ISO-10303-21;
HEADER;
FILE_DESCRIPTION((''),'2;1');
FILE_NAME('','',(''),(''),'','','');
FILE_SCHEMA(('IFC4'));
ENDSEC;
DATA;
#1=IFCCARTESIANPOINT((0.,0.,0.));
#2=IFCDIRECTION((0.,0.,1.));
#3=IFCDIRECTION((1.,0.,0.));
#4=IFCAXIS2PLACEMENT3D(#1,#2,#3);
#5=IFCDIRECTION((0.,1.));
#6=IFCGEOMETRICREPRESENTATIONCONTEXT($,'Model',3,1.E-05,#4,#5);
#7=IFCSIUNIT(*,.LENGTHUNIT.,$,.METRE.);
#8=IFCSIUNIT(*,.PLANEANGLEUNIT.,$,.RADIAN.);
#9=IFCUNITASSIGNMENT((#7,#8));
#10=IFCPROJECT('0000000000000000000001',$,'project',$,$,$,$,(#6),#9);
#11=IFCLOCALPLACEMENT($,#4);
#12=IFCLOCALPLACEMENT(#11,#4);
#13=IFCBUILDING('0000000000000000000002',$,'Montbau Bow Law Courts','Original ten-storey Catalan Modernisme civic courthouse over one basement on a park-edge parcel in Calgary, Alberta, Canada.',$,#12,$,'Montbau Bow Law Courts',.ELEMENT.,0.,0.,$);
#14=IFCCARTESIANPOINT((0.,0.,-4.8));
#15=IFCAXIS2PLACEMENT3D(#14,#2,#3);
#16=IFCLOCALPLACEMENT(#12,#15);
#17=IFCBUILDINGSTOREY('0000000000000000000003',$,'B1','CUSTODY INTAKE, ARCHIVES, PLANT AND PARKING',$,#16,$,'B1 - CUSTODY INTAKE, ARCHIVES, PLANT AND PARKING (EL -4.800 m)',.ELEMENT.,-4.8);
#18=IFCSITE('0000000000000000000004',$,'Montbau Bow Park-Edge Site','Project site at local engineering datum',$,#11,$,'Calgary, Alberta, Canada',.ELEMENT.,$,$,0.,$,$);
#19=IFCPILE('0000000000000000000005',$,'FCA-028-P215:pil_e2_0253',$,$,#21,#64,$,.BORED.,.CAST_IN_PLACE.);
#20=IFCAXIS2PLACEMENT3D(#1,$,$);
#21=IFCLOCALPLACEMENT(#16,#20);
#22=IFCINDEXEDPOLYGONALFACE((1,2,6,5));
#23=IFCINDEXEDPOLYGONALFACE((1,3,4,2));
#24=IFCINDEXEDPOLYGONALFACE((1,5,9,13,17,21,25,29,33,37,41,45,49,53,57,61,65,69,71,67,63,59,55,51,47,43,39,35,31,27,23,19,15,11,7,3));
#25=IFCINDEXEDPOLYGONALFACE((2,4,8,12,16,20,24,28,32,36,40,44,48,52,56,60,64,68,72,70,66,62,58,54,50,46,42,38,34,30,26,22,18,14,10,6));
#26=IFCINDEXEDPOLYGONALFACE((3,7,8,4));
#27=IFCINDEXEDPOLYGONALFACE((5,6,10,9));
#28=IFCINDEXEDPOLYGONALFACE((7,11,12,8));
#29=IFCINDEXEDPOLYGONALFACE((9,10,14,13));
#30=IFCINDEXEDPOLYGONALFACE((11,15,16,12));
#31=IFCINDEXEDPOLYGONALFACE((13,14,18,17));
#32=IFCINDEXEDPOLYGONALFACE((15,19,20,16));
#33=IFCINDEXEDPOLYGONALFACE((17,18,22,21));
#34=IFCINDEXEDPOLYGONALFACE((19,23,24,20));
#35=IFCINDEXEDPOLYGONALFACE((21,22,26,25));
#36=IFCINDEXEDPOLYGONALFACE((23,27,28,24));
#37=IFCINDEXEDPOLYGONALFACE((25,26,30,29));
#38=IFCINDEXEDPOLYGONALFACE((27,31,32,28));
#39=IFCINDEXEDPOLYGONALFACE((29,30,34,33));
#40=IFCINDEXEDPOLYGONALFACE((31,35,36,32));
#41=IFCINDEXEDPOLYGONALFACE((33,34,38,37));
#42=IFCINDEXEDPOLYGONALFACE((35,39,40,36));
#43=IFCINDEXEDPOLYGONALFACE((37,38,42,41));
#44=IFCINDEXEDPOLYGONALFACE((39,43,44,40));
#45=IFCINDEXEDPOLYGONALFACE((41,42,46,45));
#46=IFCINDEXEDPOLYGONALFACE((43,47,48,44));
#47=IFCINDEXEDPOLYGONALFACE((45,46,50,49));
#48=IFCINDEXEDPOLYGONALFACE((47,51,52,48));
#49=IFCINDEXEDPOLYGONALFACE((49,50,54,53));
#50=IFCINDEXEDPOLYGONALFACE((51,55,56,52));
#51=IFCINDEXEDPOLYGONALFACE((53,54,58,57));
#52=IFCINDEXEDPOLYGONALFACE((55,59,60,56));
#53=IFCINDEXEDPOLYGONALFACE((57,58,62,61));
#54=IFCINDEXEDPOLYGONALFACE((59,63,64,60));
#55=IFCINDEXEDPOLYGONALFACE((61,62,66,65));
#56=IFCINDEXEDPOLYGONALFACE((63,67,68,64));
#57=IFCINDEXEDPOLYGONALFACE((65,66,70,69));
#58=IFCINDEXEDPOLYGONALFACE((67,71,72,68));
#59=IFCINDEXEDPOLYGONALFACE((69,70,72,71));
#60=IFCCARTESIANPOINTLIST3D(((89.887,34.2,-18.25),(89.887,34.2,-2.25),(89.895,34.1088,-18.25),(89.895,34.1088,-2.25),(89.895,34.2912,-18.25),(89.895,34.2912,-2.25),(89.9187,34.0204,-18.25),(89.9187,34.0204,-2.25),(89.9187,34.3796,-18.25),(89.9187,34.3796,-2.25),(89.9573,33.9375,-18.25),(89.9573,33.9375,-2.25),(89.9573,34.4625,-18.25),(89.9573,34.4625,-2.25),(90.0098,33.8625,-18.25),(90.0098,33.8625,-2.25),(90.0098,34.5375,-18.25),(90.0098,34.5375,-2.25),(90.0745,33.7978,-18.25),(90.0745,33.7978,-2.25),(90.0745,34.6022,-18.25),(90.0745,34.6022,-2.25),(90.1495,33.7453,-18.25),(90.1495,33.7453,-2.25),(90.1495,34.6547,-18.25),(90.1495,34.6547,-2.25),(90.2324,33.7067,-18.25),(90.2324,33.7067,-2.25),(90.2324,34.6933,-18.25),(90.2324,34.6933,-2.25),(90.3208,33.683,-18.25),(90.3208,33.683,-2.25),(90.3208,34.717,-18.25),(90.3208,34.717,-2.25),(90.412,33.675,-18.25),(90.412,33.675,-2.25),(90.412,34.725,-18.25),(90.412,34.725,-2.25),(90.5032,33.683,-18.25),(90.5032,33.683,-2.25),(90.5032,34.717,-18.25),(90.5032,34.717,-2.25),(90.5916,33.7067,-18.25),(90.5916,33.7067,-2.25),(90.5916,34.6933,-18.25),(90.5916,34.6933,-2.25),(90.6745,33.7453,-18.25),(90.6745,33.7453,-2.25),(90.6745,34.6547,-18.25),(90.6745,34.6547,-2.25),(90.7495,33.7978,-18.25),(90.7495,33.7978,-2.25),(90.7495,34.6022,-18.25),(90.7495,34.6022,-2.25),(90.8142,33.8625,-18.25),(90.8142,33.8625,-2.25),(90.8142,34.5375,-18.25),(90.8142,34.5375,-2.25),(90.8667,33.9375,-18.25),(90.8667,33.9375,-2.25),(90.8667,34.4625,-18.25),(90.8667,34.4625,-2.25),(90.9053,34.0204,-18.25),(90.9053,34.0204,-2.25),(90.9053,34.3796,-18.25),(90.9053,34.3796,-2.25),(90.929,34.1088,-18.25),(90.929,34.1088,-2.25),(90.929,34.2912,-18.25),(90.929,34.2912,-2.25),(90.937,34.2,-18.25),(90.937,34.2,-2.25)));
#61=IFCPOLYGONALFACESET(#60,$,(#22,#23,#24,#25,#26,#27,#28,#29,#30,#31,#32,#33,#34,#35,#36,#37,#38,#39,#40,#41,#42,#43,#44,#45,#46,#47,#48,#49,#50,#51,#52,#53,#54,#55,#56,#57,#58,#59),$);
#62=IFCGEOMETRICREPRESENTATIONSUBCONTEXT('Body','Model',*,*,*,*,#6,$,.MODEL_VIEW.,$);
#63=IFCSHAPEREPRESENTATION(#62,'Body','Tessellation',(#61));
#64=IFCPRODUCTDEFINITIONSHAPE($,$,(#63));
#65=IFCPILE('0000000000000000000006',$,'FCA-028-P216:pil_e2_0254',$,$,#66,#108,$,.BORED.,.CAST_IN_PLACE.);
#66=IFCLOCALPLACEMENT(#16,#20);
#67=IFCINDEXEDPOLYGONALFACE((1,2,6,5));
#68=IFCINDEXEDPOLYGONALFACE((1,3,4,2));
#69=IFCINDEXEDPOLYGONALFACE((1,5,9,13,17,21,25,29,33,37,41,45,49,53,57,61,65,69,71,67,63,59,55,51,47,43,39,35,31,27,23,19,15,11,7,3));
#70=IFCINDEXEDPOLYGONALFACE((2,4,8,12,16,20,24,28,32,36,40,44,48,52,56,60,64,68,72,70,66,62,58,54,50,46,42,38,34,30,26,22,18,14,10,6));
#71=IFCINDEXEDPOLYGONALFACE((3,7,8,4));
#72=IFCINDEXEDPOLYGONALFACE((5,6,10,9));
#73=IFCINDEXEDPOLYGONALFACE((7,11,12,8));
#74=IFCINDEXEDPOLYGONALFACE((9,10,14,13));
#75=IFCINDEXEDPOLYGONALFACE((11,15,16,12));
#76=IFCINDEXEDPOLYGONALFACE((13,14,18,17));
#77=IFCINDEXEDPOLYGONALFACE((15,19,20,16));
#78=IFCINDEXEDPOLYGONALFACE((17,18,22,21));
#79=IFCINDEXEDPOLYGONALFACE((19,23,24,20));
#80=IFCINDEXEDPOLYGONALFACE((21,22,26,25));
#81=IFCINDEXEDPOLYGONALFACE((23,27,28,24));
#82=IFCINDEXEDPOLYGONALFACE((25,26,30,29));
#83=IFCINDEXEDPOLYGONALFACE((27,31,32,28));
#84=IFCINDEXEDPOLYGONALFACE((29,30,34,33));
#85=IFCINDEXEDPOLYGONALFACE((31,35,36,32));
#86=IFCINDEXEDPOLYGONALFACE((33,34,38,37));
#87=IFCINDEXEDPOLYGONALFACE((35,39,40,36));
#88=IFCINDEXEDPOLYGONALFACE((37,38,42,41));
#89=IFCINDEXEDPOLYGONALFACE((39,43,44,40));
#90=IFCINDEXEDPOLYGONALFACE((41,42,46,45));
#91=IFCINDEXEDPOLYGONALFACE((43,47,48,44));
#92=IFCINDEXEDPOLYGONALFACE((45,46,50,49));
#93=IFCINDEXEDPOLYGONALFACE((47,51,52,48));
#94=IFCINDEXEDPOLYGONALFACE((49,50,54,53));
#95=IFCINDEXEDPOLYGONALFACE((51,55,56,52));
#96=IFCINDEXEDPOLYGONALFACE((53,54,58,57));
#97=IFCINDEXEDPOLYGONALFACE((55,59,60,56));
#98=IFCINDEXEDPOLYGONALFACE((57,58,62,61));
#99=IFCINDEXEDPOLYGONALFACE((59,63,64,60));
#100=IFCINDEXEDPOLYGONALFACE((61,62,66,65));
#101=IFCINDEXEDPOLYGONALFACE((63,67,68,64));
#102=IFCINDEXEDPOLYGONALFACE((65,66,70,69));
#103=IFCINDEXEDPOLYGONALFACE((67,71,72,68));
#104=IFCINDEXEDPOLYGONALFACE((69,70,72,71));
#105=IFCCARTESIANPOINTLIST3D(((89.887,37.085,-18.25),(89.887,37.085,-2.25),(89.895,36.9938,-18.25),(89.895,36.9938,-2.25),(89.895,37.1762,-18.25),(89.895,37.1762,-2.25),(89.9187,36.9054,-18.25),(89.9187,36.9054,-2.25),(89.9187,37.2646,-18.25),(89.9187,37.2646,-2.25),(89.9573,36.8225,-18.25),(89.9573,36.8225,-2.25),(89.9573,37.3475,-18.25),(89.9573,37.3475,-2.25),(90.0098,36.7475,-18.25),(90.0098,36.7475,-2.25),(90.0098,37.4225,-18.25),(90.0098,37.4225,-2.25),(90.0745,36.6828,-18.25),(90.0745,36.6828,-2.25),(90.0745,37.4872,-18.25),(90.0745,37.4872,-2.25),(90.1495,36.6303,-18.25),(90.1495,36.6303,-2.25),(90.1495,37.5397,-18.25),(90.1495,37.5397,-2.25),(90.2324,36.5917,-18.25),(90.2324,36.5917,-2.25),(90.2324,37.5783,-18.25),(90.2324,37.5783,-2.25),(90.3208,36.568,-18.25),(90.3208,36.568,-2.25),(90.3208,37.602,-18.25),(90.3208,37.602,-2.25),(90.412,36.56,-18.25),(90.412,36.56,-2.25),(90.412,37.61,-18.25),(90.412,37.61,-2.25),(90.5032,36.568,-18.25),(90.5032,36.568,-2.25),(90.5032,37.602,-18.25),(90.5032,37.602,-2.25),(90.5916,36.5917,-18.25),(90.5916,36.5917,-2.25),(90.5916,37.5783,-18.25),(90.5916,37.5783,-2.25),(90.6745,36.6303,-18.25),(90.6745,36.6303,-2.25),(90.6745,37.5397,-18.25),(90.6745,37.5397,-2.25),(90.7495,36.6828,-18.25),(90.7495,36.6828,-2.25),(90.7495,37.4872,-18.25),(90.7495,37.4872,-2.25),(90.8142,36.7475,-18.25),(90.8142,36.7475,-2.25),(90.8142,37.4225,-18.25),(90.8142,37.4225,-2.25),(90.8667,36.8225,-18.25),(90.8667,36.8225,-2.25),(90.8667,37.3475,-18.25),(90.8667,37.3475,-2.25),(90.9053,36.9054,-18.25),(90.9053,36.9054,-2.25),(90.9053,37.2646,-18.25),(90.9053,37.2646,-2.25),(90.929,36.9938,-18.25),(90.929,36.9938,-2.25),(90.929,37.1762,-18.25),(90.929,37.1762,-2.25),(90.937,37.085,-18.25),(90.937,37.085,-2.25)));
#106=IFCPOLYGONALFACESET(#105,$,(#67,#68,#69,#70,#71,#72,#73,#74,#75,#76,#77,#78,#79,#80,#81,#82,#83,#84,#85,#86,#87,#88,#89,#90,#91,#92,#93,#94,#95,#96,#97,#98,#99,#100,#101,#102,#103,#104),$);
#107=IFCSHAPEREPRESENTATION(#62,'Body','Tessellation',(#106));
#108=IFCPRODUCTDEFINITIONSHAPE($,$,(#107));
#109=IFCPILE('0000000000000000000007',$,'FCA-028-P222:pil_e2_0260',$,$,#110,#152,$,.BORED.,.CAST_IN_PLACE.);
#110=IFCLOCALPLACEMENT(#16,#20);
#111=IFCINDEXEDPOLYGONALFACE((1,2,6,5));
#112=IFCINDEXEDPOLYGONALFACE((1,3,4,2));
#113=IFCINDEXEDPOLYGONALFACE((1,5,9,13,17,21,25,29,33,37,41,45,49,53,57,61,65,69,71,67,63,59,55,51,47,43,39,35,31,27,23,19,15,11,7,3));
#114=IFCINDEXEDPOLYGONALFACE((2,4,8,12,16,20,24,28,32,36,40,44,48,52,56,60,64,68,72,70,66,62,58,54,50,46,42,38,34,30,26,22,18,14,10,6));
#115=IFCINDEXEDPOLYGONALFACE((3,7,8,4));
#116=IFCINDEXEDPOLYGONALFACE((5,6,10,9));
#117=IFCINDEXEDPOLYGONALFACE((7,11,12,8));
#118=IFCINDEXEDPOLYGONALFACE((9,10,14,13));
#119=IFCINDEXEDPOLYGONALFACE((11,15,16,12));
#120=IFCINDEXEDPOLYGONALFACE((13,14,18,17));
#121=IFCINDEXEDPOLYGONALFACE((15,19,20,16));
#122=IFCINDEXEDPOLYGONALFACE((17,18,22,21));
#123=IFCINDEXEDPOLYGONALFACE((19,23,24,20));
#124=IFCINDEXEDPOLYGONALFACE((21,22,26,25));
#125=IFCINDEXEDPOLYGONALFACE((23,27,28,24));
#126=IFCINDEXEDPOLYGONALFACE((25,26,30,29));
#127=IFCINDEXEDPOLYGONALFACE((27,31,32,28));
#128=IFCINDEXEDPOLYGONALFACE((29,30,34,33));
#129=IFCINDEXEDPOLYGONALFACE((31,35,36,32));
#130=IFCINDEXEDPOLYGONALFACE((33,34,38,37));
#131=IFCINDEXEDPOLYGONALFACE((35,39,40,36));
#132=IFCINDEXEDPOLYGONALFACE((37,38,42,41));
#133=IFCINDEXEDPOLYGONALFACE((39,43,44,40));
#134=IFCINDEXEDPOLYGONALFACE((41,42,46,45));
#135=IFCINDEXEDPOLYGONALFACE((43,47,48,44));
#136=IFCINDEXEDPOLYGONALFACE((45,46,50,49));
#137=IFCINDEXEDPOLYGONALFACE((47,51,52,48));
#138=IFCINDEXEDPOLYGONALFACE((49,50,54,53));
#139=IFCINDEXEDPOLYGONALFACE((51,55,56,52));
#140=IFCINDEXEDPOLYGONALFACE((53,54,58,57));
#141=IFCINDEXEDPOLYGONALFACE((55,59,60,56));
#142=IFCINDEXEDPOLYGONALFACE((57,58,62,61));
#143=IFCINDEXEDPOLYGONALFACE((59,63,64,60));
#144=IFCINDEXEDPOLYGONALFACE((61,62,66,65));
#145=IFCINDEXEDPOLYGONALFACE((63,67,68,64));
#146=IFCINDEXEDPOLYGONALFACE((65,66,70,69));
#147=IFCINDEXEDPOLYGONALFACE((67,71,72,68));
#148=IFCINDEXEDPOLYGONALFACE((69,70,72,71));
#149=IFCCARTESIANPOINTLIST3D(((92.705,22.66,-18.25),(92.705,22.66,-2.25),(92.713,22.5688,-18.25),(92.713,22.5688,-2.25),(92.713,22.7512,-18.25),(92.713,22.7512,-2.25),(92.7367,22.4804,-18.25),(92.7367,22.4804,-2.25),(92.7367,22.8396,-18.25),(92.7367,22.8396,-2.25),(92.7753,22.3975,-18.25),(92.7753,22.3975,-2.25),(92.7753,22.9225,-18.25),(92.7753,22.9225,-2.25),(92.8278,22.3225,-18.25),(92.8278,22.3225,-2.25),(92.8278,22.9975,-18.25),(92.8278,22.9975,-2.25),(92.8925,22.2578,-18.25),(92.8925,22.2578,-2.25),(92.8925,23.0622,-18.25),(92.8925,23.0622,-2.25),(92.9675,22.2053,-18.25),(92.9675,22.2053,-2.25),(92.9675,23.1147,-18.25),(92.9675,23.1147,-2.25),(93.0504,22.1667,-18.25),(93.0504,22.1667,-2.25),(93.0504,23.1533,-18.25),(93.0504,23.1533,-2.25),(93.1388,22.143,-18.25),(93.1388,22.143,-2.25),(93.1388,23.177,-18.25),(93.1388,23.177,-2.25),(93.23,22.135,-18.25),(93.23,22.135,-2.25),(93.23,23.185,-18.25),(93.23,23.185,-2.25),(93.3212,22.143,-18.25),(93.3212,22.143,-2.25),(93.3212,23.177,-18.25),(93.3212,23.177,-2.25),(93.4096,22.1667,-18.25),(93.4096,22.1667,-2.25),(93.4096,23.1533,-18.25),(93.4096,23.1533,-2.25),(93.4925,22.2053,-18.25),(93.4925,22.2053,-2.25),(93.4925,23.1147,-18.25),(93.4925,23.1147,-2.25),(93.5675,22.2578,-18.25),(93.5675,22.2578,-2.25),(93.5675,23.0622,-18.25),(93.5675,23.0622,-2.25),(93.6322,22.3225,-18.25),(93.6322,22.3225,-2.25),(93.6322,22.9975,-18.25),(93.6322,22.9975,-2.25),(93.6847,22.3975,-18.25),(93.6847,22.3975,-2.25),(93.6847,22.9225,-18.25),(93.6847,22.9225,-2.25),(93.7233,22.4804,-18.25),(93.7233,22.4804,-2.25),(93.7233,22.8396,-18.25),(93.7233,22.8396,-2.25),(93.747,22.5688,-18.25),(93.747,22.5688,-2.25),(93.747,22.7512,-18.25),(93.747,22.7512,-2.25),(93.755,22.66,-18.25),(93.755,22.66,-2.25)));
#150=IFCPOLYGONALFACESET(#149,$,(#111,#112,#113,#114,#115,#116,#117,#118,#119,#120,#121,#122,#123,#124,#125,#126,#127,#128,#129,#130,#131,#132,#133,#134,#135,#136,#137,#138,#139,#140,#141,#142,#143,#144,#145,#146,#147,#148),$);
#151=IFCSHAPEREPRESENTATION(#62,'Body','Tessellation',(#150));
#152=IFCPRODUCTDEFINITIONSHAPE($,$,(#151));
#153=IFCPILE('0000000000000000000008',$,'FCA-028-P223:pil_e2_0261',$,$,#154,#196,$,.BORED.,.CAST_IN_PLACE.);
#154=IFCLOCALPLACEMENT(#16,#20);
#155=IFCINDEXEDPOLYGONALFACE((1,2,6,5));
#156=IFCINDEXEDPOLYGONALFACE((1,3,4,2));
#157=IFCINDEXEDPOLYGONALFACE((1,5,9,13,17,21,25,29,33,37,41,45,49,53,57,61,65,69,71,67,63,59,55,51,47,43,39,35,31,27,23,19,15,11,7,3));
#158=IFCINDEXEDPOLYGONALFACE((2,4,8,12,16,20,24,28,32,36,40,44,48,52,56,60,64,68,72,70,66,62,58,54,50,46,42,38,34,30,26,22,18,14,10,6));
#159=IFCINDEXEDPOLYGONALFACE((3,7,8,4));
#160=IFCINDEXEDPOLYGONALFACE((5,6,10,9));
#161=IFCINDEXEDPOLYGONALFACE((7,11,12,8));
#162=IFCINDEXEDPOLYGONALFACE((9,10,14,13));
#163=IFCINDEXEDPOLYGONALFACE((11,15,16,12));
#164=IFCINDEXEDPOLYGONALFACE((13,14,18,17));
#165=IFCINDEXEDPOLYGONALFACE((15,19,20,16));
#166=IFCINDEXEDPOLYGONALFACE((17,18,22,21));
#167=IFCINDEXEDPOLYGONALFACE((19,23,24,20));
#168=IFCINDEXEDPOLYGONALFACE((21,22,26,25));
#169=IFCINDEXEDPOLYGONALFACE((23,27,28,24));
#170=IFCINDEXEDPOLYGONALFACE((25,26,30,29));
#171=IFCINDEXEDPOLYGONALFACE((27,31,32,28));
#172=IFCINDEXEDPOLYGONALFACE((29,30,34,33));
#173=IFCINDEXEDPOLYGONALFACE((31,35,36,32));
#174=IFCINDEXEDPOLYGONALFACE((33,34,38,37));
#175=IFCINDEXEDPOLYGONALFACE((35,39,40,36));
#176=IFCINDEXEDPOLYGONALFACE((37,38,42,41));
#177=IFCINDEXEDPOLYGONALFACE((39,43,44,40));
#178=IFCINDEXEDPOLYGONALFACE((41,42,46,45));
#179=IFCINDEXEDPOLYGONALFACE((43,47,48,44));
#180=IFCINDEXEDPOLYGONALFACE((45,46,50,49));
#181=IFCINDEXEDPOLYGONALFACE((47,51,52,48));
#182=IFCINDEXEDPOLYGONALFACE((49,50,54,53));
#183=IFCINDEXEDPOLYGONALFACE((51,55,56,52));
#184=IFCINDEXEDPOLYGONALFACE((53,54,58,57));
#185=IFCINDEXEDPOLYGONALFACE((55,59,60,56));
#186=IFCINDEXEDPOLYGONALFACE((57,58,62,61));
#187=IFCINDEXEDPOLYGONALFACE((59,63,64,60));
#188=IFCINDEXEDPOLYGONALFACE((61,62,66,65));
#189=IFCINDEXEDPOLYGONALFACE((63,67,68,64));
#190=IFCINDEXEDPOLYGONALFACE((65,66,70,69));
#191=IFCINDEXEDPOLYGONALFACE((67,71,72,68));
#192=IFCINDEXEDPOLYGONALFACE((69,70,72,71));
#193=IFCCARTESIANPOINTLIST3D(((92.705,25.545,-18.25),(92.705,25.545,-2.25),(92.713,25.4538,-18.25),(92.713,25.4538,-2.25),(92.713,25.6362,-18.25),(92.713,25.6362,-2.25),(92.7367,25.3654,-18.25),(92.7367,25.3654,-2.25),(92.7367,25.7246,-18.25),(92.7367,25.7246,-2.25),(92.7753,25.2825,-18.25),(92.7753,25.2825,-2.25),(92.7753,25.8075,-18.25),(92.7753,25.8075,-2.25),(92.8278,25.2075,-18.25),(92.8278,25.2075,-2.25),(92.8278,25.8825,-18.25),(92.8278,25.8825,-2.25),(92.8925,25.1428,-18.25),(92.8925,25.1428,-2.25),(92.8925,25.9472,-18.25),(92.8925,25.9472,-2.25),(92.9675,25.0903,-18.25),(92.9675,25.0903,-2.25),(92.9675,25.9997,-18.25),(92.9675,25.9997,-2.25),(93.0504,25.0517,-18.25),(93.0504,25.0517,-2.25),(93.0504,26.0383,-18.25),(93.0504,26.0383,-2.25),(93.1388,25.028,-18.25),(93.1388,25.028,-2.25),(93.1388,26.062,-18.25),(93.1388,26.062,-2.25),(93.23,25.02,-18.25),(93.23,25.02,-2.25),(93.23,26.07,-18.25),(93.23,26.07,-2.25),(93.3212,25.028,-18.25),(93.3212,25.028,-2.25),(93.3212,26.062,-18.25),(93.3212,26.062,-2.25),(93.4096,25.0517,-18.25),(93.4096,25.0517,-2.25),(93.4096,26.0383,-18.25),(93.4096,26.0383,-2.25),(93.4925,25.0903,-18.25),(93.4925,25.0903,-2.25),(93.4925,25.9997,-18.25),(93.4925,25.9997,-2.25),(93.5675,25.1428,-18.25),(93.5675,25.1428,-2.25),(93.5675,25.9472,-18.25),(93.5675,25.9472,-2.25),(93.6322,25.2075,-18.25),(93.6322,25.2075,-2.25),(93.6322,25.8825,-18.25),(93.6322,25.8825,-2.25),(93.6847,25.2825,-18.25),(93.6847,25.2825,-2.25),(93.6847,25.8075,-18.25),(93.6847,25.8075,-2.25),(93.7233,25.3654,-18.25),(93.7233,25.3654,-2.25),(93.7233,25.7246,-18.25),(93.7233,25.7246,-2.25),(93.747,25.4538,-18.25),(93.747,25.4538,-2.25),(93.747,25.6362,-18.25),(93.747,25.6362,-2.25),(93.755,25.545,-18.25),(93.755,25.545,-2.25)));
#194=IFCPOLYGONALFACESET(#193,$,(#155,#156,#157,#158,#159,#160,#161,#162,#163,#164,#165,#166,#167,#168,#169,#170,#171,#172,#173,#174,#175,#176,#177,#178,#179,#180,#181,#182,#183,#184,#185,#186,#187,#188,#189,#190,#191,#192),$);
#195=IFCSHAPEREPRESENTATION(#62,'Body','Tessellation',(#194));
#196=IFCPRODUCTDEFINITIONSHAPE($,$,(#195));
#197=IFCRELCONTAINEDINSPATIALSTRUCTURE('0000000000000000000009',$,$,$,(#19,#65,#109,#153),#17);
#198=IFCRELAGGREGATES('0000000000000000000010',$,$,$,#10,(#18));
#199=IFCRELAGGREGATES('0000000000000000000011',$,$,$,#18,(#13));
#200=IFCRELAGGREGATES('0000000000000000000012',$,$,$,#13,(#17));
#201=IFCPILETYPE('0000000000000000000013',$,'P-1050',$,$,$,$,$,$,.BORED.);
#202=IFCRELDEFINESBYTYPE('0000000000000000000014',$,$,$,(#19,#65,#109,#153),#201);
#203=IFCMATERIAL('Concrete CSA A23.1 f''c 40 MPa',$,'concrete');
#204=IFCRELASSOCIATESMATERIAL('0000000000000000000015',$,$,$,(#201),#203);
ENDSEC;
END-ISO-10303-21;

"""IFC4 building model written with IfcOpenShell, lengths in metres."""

from ifc_helpers import new_model, si_unit, direction, frame, origin_with_axes, origin_2d_with_axis, place, context, subcontext, project, spatial, circle, extrude, material, material_profile, profile_set, type_object, element, save


model = new_model("IFC4")

# Units and contexts
model_context = context("Model", 3, precision=1e-05, world=origin_with_axes(), true_north=direction((0.0, 1.0)))
body_context = subcontext(model_context, "Body", "Model", "MODEL_VIEW")
ifc_project = project(units=[si_unit("LENGTHUNIT", "METRE"), si_unit("PLANEANGLEUNIT", "RADIAN")], contexts=[model_context])

# Site, building, storey
site_placement = place(None, origin_with_axes())
site = spatial("IfcSite", under=ifc_project, at=site_placement, Name="Montbau Bow Park-Edge Site", Description="Project site at local engineering datum", LongName="Calgary, Alberta, Canada", CompositionType="ELEMENT", RefElevation=0.0)
building_placement = place(site_placement, origin_with_axes())
building = spatial("IfcBuilding", under=site, at=building_placement, Name="Montbau Bow Law Courts", Description="Original ten-storey Catalan Modernisme civic courthouse over one basement on a park-edge parcel in Calgary, Alberta, Canada.", LongName="Montbau Bow Law Courts", CompositionType="ELEMENT", ElevationOfRefHeight=0.0, ElevationOfTerrain=0.0)
storey_placement = place(building_placement, frame((0.0, 0.0, -4.8), z_axis=(0.0, 0.0, 1.0), x_axis=(1.0, 0.0, 0.0)))
storey = spatial("IfcBuildingStorey", under=building, at=storey_placement, Name="B1", Description="CUSTODY INTAKE, ARCHIVES, PLANT AND PARKING", LongName="B1 - CUSTODY INTAKE, ARCHIVES, PLANT AND PARKING (EL -4.800 m)", CompositionType="ELEMENT", Elevation=-4.8)

# Piles
ifc_material_1 = material(Name="Concrete CSA A23.1 f'c 40 MPa", Category="concrete")
ifc_material_profile_1 = material_profile(ifc_material_1, circle(Radius=0.525, at=origin_2d_with_axis()), Name="BP1050", Category="Main", Priority=0)
ifc_profile_set_1 = profile_set([ifc_material_profile_1], Name="Concrete CSA A23.1 f'c 40 MPa")
pile_type = type_object("IfcPileType", Name="P-1050", PredefinedType="BORED", material=ifc_profile_set_1)
for number, where, z_axis, x_axis, name in (
    (1, (90.412, 34.2, -23.05), (0.0, 0.0, 1.0), (1.0, 0.0, 0.0), "FCA-028-P215:pil_e2_0253"),
    (2, (90.412, 37.085, -23.05), (0.0, 0.0, 1.0), (1.0, 0.0, 0.0), "FCA-028-P216:pil_e2_0254"),
    (3, (93.23, 22.66, -23.05), (0.0, 0.0, 1.0), (1.0, 0.0, 0.0), "FCA-028-P222:pil_e2_0260"),
    (4, (93.23, 25.545, -23.05), (0.0, 0.0, 1.0), (1.0, 0.0, 0.0), "FCA-028-P223:pil_e2_0261"),
):
    element("IfcPile", number, at=place(None, frame(where, z_axis=z_axis, x_axis=x_axis)), inside=storey, type_object=pile_type, Name=name, ConstructionType="CAST_IN_PLACE", PredefinedType="BORED", context=body_context, shape_type="SweptSolid", body=[
        extrude(circle(Radius=0.525, at=origin_2d_with_axis()), origin_with_axes(), (0.0, 0.0, 1.0), 16.0),
    ])

save(model, "model.ifc")
